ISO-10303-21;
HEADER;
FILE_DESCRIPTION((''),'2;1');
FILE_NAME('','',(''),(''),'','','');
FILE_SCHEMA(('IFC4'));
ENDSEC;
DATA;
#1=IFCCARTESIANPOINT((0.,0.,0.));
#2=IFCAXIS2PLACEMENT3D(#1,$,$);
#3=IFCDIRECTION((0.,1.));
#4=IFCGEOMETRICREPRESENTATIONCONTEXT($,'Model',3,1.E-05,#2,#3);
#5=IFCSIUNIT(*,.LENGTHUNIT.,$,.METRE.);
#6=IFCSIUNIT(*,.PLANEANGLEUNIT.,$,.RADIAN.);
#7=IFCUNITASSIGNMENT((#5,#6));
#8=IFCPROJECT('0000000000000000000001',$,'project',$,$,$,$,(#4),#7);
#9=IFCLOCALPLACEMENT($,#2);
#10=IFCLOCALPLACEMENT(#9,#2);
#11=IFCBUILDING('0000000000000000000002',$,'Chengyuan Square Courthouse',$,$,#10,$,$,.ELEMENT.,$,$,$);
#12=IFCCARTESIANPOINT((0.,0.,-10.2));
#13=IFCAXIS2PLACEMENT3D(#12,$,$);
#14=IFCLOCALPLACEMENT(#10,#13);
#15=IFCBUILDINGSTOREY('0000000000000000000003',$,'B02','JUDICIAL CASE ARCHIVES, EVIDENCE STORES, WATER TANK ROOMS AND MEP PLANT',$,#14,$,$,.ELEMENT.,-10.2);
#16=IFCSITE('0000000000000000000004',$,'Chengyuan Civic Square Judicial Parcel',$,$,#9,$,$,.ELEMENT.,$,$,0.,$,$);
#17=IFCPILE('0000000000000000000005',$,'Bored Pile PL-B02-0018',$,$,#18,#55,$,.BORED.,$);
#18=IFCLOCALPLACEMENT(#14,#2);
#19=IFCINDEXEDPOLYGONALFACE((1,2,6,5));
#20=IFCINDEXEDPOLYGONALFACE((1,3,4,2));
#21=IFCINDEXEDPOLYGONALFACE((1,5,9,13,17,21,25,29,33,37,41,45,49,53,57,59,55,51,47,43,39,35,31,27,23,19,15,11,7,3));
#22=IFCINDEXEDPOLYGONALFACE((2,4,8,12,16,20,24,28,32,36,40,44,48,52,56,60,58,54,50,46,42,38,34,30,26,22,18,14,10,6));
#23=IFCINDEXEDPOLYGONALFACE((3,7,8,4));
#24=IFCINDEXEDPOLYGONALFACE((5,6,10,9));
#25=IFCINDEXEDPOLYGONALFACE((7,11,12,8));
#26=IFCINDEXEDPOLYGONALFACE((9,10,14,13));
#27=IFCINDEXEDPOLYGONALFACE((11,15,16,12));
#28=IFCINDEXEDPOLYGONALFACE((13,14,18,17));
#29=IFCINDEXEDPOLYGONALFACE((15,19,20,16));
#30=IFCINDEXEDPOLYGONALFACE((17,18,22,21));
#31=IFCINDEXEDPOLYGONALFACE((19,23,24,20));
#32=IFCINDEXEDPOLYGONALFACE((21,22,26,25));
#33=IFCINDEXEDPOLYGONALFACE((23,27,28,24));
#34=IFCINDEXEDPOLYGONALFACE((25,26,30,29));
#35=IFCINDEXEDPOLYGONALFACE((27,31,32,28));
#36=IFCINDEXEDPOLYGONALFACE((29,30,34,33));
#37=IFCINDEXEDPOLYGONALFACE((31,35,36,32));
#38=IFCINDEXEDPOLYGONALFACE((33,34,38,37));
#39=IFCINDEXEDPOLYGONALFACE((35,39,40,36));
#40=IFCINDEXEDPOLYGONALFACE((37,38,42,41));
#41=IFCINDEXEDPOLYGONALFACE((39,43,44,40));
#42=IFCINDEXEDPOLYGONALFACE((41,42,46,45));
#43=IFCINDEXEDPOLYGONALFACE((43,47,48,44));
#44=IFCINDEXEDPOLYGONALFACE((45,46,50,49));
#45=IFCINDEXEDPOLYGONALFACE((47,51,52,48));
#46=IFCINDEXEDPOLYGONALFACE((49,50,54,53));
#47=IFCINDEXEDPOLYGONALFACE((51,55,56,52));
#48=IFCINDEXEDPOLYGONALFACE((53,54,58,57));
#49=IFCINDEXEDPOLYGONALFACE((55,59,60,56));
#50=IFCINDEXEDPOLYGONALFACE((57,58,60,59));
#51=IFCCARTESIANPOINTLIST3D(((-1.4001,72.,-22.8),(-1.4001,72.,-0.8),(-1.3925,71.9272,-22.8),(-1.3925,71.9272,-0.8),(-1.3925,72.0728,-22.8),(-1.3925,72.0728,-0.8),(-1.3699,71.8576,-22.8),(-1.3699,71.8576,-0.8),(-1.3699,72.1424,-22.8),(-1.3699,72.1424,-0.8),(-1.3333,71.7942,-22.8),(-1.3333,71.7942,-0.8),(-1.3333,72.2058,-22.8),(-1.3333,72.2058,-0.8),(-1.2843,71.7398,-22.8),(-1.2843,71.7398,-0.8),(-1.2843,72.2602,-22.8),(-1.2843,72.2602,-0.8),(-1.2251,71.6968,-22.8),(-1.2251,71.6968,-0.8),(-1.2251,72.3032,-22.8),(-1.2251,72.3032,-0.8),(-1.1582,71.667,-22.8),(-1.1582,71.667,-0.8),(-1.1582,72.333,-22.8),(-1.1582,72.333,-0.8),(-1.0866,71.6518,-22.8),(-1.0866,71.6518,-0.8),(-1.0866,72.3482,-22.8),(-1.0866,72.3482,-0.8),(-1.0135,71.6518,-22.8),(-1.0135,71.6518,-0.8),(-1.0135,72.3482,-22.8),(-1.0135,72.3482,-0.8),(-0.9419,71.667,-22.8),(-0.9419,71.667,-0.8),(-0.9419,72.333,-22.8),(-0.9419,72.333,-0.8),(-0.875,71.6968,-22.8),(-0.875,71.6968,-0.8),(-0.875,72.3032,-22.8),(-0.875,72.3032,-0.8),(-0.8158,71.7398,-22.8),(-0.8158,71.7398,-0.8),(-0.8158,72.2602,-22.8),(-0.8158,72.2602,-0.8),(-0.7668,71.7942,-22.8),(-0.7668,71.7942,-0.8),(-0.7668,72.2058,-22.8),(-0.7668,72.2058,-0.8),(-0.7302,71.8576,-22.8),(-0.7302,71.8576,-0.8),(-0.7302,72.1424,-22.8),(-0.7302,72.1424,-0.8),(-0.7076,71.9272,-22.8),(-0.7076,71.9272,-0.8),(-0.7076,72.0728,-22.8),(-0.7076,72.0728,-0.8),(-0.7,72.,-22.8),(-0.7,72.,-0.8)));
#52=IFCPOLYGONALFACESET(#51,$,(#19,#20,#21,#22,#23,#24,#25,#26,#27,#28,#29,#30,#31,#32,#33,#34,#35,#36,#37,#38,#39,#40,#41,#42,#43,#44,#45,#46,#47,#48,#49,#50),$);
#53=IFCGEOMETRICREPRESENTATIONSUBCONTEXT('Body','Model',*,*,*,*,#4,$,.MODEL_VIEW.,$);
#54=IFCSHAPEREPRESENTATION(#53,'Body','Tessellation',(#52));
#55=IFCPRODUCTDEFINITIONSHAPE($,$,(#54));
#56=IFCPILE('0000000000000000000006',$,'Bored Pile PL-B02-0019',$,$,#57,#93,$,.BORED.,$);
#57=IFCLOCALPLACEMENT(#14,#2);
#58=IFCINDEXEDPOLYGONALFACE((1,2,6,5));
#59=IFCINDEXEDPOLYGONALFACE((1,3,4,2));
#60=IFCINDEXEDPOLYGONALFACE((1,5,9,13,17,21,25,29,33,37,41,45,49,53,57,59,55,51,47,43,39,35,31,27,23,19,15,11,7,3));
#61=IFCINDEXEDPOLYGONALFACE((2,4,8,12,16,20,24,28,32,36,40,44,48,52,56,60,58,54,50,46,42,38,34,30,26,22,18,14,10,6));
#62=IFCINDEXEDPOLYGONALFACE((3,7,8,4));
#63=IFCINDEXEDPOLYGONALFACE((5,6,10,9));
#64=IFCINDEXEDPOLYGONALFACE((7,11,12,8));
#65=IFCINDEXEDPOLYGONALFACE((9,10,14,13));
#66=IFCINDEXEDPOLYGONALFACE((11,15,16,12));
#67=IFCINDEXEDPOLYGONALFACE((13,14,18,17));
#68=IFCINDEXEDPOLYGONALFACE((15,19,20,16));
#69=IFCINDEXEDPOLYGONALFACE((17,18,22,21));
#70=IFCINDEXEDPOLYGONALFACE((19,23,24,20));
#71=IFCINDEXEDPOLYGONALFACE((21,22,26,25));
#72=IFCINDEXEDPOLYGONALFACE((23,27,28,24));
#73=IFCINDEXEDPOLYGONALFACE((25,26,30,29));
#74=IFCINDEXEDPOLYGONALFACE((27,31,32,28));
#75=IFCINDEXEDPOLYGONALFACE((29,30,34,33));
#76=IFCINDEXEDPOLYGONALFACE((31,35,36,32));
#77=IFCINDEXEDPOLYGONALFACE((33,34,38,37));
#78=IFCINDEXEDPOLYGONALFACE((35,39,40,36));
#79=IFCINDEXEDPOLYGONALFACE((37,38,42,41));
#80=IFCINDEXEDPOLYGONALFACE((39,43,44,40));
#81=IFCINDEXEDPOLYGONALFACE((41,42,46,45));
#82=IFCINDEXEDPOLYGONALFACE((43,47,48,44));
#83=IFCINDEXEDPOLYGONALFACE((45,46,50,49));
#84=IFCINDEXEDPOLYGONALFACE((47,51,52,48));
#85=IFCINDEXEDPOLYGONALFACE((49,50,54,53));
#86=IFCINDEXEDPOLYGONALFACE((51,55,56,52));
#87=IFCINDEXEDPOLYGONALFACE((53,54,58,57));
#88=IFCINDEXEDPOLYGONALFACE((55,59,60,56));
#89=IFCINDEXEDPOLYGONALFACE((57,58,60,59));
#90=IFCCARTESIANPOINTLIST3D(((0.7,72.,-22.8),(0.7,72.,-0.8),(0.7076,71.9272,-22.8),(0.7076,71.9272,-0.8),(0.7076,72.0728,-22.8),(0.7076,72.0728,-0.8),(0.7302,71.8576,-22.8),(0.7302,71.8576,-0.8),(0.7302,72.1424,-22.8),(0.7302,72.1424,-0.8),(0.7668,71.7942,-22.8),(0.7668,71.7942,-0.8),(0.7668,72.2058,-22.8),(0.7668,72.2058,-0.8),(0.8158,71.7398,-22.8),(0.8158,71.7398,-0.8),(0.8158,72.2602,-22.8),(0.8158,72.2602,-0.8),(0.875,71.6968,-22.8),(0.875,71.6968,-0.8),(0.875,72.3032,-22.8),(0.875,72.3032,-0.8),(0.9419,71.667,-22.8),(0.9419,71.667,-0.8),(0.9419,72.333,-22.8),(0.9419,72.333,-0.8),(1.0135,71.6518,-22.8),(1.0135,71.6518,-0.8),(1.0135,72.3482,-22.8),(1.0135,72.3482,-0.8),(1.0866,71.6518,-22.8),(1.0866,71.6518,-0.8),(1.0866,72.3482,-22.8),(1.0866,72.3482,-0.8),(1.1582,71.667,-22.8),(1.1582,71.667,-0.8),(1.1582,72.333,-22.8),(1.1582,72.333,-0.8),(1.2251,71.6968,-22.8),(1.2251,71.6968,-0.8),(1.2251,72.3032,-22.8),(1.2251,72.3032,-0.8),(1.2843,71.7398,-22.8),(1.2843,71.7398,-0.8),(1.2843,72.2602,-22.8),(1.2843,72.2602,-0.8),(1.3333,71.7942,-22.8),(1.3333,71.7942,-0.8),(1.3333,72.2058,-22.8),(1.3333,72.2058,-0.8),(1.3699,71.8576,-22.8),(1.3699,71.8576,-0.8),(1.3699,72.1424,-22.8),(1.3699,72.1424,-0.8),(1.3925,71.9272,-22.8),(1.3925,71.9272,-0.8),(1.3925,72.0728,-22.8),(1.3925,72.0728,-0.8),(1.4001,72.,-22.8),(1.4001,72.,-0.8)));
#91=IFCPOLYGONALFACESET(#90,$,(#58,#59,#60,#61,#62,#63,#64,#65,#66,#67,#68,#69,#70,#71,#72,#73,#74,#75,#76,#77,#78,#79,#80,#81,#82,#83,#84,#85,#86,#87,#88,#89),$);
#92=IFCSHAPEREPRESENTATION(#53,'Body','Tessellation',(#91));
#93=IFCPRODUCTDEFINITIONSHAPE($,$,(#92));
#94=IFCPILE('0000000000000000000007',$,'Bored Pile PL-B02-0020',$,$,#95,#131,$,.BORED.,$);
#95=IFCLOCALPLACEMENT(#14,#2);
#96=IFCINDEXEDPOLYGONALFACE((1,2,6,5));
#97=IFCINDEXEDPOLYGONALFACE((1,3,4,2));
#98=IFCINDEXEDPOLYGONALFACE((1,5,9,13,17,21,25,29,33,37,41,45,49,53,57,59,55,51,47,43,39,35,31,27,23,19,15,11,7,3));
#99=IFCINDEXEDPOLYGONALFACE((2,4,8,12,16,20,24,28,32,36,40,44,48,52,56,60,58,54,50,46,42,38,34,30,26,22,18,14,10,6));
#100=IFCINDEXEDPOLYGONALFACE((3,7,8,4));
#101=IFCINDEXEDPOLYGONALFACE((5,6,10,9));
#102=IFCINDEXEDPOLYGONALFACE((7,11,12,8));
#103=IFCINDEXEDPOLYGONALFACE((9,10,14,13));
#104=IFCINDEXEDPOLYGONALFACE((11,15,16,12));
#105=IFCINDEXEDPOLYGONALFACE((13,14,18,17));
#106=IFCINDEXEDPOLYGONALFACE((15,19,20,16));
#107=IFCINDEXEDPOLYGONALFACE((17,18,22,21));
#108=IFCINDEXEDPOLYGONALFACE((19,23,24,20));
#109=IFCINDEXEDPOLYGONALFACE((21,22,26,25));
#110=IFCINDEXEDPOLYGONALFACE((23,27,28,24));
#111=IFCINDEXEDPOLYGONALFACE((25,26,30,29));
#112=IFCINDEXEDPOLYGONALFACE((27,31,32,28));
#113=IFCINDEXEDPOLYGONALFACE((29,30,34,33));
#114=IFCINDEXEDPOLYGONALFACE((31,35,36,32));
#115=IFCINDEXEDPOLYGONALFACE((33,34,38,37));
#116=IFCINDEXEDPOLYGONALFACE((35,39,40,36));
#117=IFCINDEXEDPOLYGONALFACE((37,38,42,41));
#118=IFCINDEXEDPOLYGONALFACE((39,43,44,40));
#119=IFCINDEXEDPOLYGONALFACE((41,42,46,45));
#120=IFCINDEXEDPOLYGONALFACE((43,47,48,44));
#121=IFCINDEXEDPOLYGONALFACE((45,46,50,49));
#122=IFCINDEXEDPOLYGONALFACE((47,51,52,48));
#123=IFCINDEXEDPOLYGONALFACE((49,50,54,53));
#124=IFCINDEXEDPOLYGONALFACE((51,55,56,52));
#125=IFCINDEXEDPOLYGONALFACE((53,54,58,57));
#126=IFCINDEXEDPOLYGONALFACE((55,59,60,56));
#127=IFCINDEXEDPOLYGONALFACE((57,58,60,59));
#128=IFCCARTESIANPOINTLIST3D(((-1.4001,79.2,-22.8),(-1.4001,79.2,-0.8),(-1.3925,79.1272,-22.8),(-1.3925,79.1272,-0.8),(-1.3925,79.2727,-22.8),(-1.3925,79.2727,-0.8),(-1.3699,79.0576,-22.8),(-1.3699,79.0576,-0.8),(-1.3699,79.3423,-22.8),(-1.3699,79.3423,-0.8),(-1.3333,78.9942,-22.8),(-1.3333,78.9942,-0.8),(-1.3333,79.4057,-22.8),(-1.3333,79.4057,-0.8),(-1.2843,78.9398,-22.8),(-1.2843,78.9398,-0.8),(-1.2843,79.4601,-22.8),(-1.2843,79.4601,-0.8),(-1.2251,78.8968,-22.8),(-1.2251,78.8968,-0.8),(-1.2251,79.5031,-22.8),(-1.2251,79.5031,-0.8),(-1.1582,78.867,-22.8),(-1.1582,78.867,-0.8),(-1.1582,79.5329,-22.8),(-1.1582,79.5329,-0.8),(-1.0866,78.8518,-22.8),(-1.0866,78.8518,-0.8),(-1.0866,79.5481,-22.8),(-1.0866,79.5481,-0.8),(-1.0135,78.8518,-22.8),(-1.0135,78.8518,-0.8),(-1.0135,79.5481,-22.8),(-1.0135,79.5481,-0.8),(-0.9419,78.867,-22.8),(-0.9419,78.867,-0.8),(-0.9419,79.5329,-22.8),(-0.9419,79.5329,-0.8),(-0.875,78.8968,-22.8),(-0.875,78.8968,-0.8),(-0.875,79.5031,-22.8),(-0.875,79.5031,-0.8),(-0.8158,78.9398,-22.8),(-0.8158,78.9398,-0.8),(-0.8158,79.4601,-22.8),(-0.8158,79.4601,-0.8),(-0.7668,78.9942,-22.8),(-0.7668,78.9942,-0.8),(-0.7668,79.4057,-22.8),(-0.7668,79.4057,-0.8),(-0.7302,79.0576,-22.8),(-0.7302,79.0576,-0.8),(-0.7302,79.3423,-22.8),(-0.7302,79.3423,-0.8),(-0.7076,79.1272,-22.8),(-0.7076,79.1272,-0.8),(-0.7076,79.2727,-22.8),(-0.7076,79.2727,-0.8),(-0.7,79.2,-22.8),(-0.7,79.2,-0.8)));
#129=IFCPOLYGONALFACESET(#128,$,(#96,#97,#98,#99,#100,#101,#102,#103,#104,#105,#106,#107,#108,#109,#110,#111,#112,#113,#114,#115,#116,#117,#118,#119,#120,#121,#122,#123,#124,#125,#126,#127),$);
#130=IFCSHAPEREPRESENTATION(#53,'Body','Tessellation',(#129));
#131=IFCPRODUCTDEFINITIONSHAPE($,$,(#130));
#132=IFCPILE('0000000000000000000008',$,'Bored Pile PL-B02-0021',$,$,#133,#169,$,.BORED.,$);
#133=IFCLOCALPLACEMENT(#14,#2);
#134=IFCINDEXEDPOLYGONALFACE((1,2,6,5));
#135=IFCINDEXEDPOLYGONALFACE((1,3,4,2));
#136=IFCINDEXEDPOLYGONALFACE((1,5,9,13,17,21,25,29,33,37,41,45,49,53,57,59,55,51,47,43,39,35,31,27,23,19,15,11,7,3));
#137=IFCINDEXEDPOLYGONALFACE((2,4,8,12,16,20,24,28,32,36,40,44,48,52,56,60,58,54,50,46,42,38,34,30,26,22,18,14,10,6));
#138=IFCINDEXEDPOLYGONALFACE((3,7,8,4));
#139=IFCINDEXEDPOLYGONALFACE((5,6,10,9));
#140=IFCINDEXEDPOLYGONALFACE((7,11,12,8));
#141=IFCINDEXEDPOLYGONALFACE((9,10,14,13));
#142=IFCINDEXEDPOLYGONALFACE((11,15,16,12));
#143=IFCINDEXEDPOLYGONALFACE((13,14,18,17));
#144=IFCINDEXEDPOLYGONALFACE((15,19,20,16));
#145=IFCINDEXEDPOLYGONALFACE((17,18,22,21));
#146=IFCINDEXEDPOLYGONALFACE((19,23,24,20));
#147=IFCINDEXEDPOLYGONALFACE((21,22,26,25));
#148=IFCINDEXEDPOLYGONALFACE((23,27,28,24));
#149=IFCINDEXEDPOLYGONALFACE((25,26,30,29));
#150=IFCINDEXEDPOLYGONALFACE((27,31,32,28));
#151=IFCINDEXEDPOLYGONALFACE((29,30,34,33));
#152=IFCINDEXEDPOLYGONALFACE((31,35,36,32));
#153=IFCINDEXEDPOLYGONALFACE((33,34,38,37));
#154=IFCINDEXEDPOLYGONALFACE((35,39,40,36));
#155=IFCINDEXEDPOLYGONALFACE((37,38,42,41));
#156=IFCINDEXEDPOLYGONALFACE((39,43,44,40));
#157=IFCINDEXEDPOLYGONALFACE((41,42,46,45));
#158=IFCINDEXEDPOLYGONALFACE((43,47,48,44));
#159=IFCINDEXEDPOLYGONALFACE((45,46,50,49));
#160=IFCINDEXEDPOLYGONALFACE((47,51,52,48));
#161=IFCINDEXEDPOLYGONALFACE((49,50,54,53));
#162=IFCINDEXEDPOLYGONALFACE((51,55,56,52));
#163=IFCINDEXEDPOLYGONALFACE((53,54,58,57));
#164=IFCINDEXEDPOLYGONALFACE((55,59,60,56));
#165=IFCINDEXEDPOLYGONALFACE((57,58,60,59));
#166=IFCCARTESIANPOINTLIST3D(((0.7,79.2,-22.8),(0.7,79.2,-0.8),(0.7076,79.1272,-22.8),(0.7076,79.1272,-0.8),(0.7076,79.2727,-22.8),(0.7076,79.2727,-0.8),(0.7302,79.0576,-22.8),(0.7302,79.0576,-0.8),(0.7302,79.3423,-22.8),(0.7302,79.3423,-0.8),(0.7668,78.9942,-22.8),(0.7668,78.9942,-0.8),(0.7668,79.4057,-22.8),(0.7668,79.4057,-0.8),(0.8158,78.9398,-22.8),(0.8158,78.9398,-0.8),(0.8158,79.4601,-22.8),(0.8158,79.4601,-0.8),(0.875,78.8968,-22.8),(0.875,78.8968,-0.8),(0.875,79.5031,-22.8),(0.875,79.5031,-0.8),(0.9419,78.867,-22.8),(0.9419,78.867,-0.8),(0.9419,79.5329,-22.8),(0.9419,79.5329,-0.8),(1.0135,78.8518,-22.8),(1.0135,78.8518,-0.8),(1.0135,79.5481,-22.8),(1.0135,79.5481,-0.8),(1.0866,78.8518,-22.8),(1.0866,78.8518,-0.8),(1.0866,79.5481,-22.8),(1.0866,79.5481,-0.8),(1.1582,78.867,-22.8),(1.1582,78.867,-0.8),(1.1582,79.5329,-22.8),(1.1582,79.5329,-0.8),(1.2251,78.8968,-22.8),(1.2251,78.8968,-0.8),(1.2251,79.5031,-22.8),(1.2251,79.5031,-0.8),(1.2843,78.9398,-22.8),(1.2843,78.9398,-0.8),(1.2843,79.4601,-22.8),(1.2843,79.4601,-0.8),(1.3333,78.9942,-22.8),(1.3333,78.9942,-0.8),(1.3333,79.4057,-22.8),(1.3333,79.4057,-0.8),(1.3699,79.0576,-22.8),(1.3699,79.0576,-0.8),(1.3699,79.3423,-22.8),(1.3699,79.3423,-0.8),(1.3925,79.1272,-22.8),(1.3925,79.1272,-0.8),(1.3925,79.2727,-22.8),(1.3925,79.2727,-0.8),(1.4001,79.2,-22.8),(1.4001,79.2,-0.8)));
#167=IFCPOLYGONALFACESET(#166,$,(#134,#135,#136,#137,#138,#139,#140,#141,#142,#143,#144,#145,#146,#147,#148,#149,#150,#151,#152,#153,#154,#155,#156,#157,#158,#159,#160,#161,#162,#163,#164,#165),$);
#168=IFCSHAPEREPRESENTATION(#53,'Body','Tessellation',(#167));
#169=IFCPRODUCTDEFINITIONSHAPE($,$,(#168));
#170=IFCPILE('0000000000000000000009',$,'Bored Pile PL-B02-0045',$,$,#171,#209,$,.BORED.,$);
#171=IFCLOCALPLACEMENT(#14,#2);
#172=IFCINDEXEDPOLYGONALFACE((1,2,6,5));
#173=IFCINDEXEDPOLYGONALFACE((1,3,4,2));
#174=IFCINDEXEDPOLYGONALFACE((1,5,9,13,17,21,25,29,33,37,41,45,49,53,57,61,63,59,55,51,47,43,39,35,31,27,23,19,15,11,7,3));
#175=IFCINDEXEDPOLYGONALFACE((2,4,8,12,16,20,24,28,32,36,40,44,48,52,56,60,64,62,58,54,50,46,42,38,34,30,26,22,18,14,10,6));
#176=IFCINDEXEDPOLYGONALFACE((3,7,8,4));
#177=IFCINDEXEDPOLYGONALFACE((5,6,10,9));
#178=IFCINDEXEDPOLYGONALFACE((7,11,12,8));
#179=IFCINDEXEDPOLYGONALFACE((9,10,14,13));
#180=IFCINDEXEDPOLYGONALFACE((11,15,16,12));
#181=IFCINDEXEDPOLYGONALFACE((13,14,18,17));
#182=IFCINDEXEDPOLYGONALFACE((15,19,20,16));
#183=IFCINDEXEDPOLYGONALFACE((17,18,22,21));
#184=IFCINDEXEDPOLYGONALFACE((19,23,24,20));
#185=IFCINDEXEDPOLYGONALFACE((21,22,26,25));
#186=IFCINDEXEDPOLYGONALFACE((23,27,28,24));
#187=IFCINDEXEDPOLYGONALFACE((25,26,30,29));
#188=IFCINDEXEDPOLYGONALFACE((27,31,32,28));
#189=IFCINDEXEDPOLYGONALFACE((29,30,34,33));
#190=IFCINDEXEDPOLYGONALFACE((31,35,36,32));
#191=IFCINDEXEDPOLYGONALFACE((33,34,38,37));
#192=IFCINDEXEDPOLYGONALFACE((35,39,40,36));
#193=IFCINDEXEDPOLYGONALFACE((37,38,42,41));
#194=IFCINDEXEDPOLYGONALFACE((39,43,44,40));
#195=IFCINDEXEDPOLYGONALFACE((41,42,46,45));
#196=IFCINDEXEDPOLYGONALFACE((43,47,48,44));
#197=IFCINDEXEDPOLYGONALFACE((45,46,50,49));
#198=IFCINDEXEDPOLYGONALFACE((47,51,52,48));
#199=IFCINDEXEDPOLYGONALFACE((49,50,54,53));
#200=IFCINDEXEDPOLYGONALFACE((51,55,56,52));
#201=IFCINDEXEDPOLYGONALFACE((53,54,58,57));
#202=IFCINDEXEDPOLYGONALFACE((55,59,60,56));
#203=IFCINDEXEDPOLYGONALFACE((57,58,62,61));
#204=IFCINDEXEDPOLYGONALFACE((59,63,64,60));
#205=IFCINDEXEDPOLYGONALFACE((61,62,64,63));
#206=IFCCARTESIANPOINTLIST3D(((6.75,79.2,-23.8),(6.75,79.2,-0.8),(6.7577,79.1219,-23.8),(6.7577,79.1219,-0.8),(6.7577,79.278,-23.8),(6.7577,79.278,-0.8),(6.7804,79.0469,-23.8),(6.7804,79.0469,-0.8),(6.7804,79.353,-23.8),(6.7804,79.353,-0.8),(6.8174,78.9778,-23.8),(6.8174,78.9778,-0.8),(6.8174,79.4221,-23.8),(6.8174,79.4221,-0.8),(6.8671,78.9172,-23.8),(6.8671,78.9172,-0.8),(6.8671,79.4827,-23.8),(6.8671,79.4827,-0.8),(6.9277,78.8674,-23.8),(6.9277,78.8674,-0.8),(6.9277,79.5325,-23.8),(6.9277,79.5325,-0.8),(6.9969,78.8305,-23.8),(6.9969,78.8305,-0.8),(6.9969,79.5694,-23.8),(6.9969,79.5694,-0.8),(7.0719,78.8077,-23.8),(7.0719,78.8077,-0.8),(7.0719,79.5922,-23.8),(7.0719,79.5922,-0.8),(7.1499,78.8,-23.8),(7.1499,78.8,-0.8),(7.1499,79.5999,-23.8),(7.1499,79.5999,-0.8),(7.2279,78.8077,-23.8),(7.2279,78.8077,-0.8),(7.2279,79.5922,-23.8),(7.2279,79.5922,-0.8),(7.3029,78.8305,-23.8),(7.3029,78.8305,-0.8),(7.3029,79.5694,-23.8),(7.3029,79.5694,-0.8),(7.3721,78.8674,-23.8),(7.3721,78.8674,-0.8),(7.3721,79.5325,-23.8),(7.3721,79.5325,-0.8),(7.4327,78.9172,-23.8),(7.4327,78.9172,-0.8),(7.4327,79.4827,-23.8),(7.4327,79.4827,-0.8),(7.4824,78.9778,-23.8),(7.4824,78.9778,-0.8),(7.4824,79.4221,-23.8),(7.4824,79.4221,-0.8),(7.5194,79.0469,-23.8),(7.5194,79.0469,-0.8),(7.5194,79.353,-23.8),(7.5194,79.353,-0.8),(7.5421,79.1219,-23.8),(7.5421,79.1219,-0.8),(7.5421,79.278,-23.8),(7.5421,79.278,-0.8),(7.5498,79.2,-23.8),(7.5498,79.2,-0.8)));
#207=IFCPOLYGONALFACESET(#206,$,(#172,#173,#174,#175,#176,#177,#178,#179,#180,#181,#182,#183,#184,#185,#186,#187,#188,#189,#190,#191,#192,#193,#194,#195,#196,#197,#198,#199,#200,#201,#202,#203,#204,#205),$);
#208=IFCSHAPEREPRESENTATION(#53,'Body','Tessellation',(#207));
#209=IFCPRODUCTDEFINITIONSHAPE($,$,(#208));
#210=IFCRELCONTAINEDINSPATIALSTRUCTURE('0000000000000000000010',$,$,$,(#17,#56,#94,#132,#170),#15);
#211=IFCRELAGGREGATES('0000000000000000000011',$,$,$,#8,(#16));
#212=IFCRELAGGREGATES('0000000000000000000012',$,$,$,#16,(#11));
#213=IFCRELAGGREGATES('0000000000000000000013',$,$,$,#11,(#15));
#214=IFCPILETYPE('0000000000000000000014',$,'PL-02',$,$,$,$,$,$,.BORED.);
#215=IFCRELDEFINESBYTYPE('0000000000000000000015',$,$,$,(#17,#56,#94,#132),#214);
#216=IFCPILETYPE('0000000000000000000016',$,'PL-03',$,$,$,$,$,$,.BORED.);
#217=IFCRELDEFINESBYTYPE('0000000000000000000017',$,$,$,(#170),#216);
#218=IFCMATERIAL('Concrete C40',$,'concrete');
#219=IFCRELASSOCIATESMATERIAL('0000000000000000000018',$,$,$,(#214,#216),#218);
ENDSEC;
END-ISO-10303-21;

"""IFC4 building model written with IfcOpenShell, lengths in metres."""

from ifc_helpers import new_model, si_unit, direction, frame, origin, origin_2d, place, context, subcontext, project, spatial, circle, extrude, material, material_profile, profile_set, type_object, element, save


model = new_model("IFC4")

# Units and contexts
model_context = context("Model", 3, precision=1e-05, world=origin(), true_north=direction((0.0, 1.0)))
body_context = subcontext(model_context, "Body", "Model", "MODEL_VIEW")
ifc_project = project(units=[si_unit("LENGTHUNIT", "METRE"), si_unit("PLANEANGLEUNIT", "RADIAN")], contexts=[model_context])

# Site, building, storey
site_placement = place(None, origin())
site = spatial("IfcSite", under=ifc_project, at=site_placement, Name="Chengyuan Civic Square Judicial Parcel", CompositionType="ELEMENT", RefElevation=0.0)
building_placement = place(site_placement, origin())
building = spatial("IfcBuilding", under=site, at=building_placement, Name="Chengyuan Square Courthouse", CompositionType="ELEMENT")
storey_placement = place(building_placement, frame((0.0, 0.0, -10.2)))
storey = spatial("IfcBuildingStorey", under=building, at=storey_placement, Name="B02", Description="JUDICIAL CASE ARCHIVES, EVIDENCE STORES, WATER TANK ROOMS AND MEP PLANT", CompositionType="ELEMENT", Elevation=-10.2)

# Shared definitions
ifc_material_1 = material(Name="Concrete C40", Category="concrete")

# Piles
ifc_material_profile_1 = material_profile(ifc_material_1, circle(Radius=0.3501, at=origin_2d()), Name="BORED PILE D700")
ifc_profile_set_1 = profile_set([ifc_material_profile_1], Name="Concrete C40")
pile_type_1 = type_object("IfcPileType", Name="PL-02", PredefinedType="BORED", material=ifc_profile_set_1)
for number, where, z_axis, x_axis, name in (
    (1, (-1.05, 72.0, -0.8), (0.0, 0.0, -1.0), (1.0, 0.0, 0.0), "Bored Pile PL-B02-0018"),
    (2, (1.05, 72.0, -0.8), (0.0, 0.0, -1.0), (1.0, 0.0, 0.0), "Bored Pile PL-B02-0019"),
    (3, (-1.05, 79.2, -0.8), (0.0, 0.0, -1.0), (1.0, 0.0, 0.0), "Bored Pile PL-B02-0020"),
    (4, (1.05, 79.2, -0.8), (0.0, 0.0, -1.0), (1.0, 0.0, 0.0), "Bored Pile PL-B02-0021"),
):
    element("IfcPile", number, at=place(storey_placement, frame(where, z_axis=z_axis, x_axis=x_axis)), inside=storey, type_object=pile_type_1, Name=name, PredefinedType="BORED", context=body_context, shape_type="SweptSolid", body=[
        extrude(circle(Radius=0.3501, at=origin_2d()), origin(), (0.0, 0.0, 1.0), 22.0),
    ])
ifc_material_profile_2 = material_profile(ifc_material_1, circle(Radius=0.3999, at=origin_2d()), Name="BORED PILE D800")
ifc_profile_set_2 = profile_set([ifc_material_profile_2], Name="Concrete C40")
pile_type_2 = type_object("IfcPileType", Name="PL-03", PredefinedType="BORED", material=ifc_profile_set_2)
pile_1_placement = place(storey_placement, frame((7.1499, 79.2, -0.8), z_axis=(0.0, 0.0, -1.0), x_axis=(1.0, 0.0, 0.0)))
element("IfcPile", 5, at=pile_1_placement, inside=storey, type_object=pile_type_2, Name="Bored Pile PL-B02-0045", PredefinedType="BORED", context=body_context, shape_type="SweptSolid", body=[
    extrude(circle(Radius=0.3999, at=origin_2d()), origin(), (0.0, 0.0, 1.0), 23.0),
])

save(model, "model.ifc")
